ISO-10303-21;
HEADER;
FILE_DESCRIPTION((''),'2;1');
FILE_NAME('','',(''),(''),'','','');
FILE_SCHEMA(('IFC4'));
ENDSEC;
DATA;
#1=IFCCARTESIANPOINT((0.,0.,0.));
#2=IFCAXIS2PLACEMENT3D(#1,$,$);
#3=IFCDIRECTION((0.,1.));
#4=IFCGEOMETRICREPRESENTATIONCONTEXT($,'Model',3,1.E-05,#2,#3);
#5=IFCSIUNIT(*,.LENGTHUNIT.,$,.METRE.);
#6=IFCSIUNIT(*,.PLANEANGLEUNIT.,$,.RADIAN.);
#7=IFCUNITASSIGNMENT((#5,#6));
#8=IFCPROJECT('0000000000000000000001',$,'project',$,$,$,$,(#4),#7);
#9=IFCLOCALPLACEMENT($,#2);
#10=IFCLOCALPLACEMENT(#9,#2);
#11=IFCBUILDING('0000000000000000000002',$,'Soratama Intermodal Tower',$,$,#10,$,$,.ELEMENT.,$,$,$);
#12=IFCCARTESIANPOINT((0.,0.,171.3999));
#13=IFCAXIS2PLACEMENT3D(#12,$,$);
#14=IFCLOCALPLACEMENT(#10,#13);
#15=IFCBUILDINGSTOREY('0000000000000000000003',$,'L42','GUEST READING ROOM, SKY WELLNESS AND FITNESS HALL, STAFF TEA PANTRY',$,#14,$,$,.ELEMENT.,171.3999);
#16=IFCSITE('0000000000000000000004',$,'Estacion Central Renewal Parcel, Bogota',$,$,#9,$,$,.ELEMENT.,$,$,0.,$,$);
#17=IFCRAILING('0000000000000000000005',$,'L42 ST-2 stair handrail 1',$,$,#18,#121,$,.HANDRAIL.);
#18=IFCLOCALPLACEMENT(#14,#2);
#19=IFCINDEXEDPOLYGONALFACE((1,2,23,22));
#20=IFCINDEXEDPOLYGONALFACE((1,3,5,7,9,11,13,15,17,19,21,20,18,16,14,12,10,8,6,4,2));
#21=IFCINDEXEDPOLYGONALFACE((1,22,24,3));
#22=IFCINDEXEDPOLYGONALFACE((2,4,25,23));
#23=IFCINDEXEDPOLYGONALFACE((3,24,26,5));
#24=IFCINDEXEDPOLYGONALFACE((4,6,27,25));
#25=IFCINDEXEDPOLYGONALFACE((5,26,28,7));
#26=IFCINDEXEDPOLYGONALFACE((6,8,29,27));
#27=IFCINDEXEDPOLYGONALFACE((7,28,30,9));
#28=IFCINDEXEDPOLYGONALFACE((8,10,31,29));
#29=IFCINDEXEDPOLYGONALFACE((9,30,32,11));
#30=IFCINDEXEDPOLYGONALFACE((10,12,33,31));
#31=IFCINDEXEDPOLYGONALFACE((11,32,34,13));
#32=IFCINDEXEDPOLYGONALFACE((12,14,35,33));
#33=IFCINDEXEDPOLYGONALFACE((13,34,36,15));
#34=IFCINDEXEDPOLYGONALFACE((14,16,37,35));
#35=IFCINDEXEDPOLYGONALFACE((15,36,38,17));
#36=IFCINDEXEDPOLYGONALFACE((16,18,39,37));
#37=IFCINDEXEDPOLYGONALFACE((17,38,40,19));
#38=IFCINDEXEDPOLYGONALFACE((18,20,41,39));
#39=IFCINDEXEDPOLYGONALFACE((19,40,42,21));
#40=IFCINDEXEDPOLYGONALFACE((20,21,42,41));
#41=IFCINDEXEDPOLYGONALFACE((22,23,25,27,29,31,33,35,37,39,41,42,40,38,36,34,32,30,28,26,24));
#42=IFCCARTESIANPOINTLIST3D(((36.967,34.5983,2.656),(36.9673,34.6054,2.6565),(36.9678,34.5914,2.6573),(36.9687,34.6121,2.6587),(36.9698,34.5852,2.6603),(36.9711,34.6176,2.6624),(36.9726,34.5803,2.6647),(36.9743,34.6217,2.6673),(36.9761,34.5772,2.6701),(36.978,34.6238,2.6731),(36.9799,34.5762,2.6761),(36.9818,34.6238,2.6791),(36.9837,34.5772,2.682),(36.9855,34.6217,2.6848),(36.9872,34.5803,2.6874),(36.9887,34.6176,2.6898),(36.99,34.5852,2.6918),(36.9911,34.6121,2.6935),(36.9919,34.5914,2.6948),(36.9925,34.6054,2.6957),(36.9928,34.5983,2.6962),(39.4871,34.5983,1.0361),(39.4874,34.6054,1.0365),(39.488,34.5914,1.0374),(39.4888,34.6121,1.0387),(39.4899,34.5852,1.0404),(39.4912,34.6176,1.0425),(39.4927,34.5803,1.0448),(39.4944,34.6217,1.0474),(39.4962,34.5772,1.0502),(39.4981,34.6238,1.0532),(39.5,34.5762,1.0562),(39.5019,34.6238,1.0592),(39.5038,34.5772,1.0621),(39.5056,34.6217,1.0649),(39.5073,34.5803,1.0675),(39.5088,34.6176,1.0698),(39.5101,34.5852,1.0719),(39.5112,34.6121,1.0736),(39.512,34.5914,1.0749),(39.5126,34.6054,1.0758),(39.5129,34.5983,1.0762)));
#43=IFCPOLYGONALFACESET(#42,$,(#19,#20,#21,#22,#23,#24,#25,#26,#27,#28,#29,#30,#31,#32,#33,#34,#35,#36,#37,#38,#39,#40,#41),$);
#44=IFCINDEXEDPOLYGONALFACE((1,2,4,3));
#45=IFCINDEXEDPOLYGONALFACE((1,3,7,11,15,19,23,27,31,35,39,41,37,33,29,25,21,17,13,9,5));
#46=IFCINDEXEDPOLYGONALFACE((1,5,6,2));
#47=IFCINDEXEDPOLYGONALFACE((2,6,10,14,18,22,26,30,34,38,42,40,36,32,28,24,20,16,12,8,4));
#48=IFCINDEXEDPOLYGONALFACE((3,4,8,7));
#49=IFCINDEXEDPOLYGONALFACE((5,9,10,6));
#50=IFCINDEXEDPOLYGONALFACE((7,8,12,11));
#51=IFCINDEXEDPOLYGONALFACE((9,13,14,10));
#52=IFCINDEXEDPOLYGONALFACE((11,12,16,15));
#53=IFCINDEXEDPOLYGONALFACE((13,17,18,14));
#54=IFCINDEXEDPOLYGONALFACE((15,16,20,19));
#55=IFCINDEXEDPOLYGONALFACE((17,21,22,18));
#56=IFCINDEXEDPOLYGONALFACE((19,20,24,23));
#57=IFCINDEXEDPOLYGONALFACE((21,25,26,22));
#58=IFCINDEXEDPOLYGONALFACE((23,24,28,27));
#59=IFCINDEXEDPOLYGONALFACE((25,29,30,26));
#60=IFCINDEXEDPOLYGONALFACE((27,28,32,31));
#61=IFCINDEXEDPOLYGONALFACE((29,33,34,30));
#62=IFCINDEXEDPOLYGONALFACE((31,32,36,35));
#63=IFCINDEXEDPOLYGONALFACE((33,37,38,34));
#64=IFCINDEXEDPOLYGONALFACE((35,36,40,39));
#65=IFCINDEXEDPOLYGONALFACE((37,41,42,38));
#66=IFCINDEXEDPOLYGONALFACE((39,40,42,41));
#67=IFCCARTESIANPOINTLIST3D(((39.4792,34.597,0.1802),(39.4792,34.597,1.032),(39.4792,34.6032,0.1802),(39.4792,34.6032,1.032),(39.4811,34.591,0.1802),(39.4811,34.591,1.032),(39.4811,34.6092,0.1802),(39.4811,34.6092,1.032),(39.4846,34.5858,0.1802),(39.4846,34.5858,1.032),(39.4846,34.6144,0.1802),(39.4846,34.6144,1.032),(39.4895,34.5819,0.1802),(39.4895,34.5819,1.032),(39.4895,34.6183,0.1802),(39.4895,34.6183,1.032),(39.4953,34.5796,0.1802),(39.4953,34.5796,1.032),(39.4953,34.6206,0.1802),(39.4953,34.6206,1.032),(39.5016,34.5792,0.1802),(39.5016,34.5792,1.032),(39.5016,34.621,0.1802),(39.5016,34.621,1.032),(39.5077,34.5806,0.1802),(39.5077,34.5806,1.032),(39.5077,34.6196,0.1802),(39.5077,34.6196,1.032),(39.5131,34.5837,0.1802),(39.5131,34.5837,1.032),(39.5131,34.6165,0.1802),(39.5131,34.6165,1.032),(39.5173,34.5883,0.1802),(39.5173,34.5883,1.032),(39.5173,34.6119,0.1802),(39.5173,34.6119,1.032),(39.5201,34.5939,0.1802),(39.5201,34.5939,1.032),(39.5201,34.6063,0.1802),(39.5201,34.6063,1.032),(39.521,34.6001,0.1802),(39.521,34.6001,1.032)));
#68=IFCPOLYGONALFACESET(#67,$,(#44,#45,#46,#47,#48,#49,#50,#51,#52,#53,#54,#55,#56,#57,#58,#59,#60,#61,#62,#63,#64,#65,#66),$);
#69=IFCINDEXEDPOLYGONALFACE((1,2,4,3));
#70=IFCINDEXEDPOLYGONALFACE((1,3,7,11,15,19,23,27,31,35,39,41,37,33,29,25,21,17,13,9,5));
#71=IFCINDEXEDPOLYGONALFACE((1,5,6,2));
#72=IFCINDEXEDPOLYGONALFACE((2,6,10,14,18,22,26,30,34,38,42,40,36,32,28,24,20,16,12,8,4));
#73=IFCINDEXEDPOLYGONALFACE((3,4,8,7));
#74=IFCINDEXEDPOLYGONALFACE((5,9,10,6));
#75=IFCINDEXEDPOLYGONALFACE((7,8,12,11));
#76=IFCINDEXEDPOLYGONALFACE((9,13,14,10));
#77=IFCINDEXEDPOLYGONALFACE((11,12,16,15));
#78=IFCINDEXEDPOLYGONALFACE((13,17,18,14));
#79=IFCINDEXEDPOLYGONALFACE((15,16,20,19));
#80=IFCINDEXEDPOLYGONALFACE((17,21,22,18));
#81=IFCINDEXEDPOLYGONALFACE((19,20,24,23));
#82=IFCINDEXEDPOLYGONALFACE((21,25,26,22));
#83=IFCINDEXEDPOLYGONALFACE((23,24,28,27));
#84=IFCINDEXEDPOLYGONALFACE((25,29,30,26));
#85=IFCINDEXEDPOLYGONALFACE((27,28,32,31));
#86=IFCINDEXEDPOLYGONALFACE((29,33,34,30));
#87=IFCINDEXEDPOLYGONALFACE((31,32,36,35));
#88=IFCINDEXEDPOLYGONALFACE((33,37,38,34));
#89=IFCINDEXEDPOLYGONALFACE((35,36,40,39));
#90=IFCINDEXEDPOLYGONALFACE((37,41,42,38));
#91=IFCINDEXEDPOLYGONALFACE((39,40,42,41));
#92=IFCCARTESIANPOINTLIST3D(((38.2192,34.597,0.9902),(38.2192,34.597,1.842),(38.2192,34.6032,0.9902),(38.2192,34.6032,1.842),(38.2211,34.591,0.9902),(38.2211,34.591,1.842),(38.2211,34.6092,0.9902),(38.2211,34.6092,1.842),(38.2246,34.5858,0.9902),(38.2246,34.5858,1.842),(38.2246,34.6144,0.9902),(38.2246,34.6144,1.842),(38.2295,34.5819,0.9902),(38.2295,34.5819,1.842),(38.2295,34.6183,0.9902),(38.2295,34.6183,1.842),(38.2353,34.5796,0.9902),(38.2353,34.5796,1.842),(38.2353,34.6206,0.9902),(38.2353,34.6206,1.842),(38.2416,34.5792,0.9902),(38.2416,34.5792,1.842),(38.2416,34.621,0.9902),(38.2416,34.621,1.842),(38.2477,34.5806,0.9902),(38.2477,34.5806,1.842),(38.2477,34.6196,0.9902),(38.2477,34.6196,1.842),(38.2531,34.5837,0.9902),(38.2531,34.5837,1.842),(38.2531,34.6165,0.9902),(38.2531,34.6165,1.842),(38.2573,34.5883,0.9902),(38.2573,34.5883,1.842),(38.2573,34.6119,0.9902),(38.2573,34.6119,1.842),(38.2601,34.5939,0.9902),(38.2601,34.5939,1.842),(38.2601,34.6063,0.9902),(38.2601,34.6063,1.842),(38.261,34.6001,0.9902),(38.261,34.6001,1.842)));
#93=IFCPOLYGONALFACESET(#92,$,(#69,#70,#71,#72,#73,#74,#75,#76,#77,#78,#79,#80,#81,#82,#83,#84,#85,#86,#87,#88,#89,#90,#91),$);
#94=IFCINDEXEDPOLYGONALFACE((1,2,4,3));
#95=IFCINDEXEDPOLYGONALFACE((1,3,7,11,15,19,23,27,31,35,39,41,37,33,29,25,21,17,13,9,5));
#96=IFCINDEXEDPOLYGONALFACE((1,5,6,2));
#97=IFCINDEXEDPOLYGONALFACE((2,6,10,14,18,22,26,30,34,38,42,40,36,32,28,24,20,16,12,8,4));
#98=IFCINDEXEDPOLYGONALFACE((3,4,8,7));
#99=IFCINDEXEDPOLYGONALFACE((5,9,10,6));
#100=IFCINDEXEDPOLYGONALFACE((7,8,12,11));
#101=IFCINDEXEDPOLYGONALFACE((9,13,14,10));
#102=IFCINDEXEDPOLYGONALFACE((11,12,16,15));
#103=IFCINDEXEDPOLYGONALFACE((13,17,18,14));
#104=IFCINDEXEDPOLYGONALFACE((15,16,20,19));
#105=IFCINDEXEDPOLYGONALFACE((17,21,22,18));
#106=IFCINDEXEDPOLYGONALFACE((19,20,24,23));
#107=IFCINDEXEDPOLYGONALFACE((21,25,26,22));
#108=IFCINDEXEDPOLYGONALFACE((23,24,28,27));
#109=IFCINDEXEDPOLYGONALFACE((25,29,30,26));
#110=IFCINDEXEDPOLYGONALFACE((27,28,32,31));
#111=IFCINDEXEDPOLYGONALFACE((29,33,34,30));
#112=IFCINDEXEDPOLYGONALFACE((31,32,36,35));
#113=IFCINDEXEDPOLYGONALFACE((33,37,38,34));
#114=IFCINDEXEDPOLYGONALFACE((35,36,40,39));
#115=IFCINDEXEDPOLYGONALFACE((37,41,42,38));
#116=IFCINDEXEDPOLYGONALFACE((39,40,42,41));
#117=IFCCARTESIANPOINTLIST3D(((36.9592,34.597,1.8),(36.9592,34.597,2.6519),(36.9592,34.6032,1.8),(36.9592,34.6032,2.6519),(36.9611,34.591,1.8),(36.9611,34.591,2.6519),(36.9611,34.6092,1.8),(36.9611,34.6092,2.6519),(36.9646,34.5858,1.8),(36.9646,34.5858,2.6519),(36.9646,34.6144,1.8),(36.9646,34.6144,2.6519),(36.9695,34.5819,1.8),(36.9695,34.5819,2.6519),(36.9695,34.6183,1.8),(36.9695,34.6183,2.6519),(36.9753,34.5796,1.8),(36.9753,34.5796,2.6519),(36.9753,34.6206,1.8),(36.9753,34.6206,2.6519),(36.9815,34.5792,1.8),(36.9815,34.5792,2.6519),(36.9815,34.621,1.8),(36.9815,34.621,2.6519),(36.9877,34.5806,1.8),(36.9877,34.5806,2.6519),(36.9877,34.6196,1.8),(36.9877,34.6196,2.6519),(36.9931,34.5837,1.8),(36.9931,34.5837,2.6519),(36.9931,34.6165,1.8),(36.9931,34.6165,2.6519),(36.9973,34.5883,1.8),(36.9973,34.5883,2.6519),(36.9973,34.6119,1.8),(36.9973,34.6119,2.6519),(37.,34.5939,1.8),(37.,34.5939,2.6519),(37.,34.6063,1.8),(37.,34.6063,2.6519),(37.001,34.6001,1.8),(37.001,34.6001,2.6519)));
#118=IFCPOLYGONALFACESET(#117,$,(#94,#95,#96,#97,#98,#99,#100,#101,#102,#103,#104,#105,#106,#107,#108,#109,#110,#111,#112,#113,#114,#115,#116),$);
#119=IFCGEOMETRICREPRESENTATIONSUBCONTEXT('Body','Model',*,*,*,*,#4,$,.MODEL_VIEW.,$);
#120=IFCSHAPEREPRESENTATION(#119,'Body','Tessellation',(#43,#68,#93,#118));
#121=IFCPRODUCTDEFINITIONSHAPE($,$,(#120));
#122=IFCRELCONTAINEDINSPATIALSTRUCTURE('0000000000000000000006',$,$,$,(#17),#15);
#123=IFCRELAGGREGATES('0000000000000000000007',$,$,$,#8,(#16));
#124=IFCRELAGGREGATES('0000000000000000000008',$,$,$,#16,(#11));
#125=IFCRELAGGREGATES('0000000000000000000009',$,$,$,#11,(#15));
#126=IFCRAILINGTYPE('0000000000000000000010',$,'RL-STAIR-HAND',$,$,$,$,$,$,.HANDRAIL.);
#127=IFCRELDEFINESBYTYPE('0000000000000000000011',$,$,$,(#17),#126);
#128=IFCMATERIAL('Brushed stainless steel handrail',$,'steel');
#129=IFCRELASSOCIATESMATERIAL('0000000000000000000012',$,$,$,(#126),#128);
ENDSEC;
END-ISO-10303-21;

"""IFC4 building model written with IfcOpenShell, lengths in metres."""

from ifc_helpers import new_model, si_unit, direction, frame, origin, origin_2d, place, context, subcontext, project, spatial, circle, extrude, material, type_object, element, save


model = new_model("IFC4")

# Units and contexts
model_context = context("Model", 3, precision=1e-05, world=origin(), true_north=direction((0.0, 1.0)))
body_context = subcontext(model_context, "Body", "Model", "MODEL_VIEW")
ifc_project = project(units=[si_unit("LENGTHUNIT", "METRE"), si_unit("PLANEANGLEUNIT", "RADIAN")], contexts=[model_context])

# Site, building, storey
site_placement = place(None, origin())
site = spatial("IfcSite", under=ifc_project, at=site_placement, Name="Estacion Central Renewal Parcel, Bogota", CompositionType="ELEMENT", RefElevation=0.0)
building_placement = place(site_placement, origin())
building = spatial("IfcBuilding", under=site, at=building_placement, Name="Soratama Intermodal Tower", CompositionType="ELEMENT")
storey_placement = place(building_placement, frame((0.0, 0.0, 171.3999)))
storey = spatial("IfcBuildingStorey", under=building, at=storey_placement, Name="L42", Description="GUEST READING ROOM, SKY WELLNESS AND FITNESS HALL, STAFF TEA PANTRY", CompositionType="ELEMENT", Elevation=171.3999)

# Railing
ifc_material_1 = material(Name="Brushed stainless steel handrail", Category="steel")
railing_type_1 = type_object("IfcRailingType", Name="RL-STAIR-HAND", PredefinedType="HANDRAIL", material=ifc_material_1)
railing_1_placement = place(storey_placement, frame((39.5, 34.6001, 0.1802)))
element("IfcRailing", 1, at=railing_1_placement, inside=storey, type_object=railing_type_1, Name="L42 ST-2 stair handrail 1", PredefinedType="HANDRAIL", context=body_context, shape_type="SweptSolid", body=[
    extrude(circle(Radius=0.0239, at=origin_2d()), frame((0.0, 0.0, 0.876), z_axis=(-0.8412, 0.0, 0.540725), x_axis=(0.0, -1.0, 0.0)), (0.0, 0.0, 1.0), 2.9958),
    extrude(circle(Radius=0.021, at=origin_2d()), origin(), (0.0, 0.0, 1.0), 0.8518),
    extrude(circle(Radius=0.021, at=origin_2d()), frame((-1.26, 0.0, 0.8101)), (0.0, 0.0, 1.0), 0.8518),
    extrude(circle(Radius=0.021, at=origin_2d()), frame((-2.52, 0.0, 1.6199)), (0.0, 0.0, 1.0), 0.8518),
])

save(model, "model.ifc")
